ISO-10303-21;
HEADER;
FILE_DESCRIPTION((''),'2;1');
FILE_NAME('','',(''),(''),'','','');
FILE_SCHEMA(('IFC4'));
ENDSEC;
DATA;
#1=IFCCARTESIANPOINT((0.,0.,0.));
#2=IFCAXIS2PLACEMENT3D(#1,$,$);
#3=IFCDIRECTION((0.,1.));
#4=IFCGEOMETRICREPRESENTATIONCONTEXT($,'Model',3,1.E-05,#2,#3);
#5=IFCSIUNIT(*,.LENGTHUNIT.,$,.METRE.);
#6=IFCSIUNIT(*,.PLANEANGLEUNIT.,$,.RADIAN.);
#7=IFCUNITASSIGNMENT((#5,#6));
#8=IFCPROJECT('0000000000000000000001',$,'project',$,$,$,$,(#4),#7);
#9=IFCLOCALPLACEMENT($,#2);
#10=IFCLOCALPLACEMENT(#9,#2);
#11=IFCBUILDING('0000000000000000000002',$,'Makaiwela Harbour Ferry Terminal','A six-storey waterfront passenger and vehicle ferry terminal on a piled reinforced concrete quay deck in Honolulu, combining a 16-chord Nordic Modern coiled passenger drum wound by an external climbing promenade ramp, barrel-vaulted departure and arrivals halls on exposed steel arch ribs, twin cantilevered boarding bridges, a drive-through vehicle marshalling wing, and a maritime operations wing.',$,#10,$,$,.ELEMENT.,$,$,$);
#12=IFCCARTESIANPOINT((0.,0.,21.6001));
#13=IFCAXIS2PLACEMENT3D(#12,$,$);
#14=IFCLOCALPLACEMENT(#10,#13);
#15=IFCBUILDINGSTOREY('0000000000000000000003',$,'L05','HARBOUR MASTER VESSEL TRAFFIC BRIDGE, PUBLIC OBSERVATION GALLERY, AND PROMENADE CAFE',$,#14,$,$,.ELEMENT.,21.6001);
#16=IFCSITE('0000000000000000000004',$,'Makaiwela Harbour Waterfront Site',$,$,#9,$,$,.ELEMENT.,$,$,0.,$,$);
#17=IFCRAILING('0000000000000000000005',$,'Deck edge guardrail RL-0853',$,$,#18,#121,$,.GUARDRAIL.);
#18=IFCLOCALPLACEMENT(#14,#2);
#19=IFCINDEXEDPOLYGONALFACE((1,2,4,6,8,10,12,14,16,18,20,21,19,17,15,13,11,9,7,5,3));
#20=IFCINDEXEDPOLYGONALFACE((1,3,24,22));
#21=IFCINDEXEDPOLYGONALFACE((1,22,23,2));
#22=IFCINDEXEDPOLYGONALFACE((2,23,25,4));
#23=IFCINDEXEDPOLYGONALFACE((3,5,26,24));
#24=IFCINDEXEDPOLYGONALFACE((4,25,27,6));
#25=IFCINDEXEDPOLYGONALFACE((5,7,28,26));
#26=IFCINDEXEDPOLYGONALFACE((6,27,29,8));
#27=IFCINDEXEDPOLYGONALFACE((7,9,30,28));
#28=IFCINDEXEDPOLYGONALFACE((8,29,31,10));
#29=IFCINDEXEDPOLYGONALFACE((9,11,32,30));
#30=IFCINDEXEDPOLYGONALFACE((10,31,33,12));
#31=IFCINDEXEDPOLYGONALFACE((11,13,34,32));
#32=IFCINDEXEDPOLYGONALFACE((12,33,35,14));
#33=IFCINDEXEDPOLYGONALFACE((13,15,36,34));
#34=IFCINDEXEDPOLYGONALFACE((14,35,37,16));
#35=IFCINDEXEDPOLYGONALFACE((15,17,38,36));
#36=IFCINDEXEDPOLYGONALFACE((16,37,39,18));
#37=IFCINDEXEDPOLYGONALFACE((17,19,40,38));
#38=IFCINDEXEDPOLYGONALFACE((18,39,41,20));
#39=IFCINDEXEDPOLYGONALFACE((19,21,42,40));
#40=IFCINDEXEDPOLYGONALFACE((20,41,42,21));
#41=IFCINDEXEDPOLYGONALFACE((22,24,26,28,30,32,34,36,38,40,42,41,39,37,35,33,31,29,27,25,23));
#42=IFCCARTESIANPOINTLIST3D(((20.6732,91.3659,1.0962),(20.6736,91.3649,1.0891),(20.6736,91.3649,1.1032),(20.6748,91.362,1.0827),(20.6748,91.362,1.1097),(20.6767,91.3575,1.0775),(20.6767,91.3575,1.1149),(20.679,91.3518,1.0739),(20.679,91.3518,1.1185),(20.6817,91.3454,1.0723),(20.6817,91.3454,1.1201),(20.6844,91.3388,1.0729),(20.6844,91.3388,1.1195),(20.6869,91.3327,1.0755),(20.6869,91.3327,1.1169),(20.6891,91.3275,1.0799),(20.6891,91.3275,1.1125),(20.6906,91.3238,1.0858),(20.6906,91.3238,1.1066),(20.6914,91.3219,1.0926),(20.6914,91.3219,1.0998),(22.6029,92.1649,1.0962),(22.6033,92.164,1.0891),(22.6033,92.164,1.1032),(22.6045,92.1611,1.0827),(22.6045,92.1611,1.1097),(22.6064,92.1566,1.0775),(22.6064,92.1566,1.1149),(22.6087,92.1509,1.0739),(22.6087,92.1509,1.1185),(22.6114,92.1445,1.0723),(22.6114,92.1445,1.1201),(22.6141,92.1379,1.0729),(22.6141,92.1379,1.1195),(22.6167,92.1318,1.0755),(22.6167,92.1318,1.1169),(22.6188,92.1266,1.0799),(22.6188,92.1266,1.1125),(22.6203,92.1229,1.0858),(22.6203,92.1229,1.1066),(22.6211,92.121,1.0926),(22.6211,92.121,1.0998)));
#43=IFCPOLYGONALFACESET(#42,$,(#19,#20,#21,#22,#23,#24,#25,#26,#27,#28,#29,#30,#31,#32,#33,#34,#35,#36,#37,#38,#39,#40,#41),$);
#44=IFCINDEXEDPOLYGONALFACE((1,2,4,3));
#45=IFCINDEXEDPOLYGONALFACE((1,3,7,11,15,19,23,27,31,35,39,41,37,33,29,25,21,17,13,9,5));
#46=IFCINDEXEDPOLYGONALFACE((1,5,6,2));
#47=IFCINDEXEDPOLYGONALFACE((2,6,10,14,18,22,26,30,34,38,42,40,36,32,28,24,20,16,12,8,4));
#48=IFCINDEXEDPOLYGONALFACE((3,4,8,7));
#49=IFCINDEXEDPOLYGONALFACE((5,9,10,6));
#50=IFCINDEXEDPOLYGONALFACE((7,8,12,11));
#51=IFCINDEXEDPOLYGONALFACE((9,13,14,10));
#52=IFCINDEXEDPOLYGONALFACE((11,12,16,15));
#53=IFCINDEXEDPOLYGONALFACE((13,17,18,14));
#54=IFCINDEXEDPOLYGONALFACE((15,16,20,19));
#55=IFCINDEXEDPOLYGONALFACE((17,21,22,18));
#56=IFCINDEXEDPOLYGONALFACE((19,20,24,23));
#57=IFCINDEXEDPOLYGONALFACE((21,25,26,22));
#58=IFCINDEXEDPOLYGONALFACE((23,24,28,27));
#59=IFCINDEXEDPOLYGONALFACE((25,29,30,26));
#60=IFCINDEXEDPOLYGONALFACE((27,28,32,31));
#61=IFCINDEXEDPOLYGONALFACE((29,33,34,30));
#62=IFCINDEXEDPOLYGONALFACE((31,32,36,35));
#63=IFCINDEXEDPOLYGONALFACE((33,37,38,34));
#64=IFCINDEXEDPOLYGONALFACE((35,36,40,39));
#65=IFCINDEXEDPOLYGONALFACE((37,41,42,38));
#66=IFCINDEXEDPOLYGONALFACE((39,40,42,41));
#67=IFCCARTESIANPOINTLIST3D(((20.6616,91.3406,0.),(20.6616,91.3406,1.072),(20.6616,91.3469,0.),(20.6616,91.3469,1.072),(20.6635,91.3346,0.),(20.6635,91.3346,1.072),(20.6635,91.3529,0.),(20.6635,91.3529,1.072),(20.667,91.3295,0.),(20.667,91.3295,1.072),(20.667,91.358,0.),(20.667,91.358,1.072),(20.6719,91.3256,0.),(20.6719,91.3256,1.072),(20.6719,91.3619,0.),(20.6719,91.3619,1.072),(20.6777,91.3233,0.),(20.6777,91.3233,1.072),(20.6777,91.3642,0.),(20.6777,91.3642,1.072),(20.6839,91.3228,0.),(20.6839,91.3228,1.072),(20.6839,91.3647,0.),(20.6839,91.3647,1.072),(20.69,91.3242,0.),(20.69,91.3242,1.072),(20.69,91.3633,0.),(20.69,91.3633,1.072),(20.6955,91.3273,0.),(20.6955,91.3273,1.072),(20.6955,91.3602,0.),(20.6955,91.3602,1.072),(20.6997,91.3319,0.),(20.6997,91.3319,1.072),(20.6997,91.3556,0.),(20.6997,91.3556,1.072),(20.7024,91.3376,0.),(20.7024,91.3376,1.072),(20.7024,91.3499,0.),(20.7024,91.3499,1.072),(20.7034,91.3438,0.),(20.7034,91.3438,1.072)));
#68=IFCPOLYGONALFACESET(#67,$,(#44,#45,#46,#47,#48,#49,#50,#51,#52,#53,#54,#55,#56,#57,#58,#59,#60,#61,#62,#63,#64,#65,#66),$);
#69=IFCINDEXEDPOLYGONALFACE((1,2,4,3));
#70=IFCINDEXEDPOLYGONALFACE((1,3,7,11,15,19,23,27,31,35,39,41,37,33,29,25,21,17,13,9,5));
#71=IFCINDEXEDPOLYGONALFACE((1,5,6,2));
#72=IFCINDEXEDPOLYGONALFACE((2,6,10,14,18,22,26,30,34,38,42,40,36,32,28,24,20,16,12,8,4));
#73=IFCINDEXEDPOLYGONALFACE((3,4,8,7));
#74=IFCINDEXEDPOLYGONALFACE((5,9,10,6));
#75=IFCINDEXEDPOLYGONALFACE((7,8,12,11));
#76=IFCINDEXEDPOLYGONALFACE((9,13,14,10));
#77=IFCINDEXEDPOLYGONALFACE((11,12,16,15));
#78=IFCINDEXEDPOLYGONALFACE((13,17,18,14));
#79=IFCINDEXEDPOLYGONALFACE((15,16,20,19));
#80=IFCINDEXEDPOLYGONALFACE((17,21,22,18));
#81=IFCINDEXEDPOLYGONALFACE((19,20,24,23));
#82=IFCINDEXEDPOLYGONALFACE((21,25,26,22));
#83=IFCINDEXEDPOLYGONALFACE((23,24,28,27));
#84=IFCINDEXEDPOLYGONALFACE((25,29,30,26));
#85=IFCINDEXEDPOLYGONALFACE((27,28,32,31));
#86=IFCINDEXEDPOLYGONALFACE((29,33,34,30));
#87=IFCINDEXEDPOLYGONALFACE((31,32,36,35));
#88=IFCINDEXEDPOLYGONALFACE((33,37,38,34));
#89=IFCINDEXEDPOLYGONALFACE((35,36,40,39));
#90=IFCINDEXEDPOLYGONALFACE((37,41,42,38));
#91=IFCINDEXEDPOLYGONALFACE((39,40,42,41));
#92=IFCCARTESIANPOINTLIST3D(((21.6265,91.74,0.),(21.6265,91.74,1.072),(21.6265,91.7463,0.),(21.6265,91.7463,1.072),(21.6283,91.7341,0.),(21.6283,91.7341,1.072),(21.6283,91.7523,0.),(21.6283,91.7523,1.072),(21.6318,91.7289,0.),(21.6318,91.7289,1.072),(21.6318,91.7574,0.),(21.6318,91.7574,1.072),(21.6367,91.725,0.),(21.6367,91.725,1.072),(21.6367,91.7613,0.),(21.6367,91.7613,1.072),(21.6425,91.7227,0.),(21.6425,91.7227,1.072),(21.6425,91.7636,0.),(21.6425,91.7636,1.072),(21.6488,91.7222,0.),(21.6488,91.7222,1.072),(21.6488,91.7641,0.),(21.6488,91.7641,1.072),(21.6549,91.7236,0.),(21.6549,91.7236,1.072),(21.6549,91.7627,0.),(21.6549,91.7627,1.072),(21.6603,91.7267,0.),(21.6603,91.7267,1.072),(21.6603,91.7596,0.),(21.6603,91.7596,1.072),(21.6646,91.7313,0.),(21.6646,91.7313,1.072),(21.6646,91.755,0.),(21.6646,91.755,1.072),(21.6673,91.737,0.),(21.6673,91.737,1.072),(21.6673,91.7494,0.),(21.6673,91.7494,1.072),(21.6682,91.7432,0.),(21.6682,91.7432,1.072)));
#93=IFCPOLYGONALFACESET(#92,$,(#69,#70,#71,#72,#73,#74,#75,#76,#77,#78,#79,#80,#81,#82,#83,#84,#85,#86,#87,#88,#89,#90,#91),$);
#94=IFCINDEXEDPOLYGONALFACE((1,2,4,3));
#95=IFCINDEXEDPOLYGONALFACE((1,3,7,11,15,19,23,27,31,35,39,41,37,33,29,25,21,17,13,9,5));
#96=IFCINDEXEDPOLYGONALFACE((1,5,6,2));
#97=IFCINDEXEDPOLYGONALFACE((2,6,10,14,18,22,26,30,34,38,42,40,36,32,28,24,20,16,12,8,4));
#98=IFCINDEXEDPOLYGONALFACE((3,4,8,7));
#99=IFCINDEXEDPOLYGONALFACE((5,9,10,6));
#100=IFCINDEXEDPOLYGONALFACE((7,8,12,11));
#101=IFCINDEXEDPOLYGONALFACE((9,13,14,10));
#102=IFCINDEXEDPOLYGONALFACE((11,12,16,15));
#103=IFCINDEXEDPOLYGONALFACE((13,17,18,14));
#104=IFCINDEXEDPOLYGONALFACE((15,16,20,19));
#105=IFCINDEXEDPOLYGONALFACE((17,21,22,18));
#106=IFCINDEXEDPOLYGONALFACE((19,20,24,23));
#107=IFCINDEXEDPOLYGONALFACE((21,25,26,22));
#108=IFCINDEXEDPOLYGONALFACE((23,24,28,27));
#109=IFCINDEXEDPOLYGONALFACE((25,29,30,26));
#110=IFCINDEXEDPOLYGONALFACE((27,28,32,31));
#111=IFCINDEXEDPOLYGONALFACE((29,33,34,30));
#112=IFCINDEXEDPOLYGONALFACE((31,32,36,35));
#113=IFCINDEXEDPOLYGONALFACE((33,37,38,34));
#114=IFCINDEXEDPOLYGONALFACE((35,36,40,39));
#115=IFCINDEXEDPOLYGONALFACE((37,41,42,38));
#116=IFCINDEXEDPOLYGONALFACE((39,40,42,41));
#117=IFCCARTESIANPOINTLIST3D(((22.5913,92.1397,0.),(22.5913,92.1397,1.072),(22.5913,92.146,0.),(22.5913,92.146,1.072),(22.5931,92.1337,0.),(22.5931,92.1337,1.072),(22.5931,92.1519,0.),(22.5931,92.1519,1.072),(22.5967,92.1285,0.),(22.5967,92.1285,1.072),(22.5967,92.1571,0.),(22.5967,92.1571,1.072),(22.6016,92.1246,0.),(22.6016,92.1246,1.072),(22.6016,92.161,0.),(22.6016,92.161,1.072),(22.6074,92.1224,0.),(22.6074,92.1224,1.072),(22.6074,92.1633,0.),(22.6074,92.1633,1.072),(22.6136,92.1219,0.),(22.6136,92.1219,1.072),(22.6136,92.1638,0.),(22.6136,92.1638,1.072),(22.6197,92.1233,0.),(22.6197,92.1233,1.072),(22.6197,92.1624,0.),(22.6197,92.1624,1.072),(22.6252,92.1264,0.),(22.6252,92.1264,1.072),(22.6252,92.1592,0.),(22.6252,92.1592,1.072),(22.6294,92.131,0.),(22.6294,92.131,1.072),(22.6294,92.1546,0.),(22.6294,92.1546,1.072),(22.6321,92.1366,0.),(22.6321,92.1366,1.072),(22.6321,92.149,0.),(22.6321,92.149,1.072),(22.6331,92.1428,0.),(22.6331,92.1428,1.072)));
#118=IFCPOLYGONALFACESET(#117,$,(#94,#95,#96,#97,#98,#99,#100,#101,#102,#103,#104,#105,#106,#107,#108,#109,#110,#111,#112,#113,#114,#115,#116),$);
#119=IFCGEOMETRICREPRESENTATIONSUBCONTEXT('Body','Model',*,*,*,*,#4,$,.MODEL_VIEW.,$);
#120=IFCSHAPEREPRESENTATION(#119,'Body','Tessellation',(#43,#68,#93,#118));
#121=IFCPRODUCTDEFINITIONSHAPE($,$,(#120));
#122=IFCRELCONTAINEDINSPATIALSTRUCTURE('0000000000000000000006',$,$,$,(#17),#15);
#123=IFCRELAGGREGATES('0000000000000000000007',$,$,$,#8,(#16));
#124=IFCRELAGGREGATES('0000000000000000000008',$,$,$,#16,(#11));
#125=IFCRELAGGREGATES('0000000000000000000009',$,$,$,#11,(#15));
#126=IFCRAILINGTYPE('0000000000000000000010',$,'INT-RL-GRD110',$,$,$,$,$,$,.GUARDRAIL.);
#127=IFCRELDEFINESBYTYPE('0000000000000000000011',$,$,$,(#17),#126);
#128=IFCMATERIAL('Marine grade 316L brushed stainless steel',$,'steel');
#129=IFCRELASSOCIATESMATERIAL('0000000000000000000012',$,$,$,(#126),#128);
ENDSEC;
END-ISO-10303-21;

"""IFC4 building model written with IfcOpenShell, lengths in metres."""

from ifc_helpers import new_model, si_unit, direction, frame, origin, origin_2d, place, context, subcontext, project, spatial, circle, extrude, material, type_object, element, save


model = new_model("IFC4")

# Units and contexts
model_context = context("Model", 3, precision=1e-05, world=origin(), true_north=direction((0.0, 1.0)))
body_context = subcontext(model_context, "Body", "Model", "MODEL_VIEW")
ifc_project = project(units=[si_unit("LENGTHUNIT", "METRE"), si_unit("PLANEANGLEUNIT", "RADIAN")], contexts=[model_context])

# Site, building, storey
site_placement = place(None, origin())
site = spatial("IfcSite", under=ifc_project, at=site_placement, Name="Makaiwela Harbour Waterfront Site", CompositionType="ELEMENT", RefElevation=0.0)
building_placement = place(site_placement, origin())
building = spatial("IfcBuilding", under=site, at=building_placement, Name="Makaiwela Harbour Ferry Terminal", Description="A six-storey waterfront passenger and vehicle ferry terminal on a piled reinforced concrete quay deck in Honolulu, combining a 16-chord Nordic Modern coiled passenger drum wound by an external climbing promenade ramp, barrel-vaulted departure and arrivals halls on exposed steel arch ribs, twin cantilevered boarding bridges, a drive-through vehicle marshalling wing, and a maritime operations wing.", CompositionType="ELEMENT")
storey_placement = place(building_placement, frame((0.0, 0.0, 21.6001)))
storey = spatial("IfcBuildingStorey", under=building, at=storey_placement, Name="L05", Description="HARBOUR MASTER VESSEL TRAFFIC BRIDGE, PUBLIC OBSERVATION GALLERY, AND PROMENADE CAFE", CompositionType="ELEMENT", Elevation=21.6001)

# Railing
ifc_material_1 = material(Name="Marine grade 316L brushed stainless steel", Category="steel")
railing_type = type_object("IfcRailingType", Name="INT-RL-GRD110", PredefinedType="GUARDRAIL", material=ifc_material_1)
railing_1_placement = place(storey_placement, frame((20.6824, 91.3438, 0.0)))
element("IfcRailing", 1, at=railing_1_placement, inside=storey, type_object=railing_type, Name="Deck edge guardrail RL-0853", PredefinedType="GUARDRAIL", context=body_context, shape_type="SweptSolid", body=[
    extrude(circle(Radius=0.0239, at=origin_2d()), frame((0.0, 0.0, 1.0962), z_axis=(0.923919, 0.382589, 0.0), x_axis=(-0.382589, 0.923919, 0.0)), (0.0, 0.0, 1.0), 2.0886),
    extrude(circle(Radius=0.021, at=origin_2d()), origin(), (0.0, 0.0, 1.0), 1.072),
    extrude(circle(Radius=0.021, at=origin_2d()), frame((0.9648, 0.3994, 0.0)), (0.0, 0.0, 1.0), 1.072),
    extrude(circle(Radius=0.021, at=origin_2d()), frame((1.9297, 0.7991, 0.0)), (0.0, 0.0, 1.0), 1.072),
])

save(model, "model.ifc")
